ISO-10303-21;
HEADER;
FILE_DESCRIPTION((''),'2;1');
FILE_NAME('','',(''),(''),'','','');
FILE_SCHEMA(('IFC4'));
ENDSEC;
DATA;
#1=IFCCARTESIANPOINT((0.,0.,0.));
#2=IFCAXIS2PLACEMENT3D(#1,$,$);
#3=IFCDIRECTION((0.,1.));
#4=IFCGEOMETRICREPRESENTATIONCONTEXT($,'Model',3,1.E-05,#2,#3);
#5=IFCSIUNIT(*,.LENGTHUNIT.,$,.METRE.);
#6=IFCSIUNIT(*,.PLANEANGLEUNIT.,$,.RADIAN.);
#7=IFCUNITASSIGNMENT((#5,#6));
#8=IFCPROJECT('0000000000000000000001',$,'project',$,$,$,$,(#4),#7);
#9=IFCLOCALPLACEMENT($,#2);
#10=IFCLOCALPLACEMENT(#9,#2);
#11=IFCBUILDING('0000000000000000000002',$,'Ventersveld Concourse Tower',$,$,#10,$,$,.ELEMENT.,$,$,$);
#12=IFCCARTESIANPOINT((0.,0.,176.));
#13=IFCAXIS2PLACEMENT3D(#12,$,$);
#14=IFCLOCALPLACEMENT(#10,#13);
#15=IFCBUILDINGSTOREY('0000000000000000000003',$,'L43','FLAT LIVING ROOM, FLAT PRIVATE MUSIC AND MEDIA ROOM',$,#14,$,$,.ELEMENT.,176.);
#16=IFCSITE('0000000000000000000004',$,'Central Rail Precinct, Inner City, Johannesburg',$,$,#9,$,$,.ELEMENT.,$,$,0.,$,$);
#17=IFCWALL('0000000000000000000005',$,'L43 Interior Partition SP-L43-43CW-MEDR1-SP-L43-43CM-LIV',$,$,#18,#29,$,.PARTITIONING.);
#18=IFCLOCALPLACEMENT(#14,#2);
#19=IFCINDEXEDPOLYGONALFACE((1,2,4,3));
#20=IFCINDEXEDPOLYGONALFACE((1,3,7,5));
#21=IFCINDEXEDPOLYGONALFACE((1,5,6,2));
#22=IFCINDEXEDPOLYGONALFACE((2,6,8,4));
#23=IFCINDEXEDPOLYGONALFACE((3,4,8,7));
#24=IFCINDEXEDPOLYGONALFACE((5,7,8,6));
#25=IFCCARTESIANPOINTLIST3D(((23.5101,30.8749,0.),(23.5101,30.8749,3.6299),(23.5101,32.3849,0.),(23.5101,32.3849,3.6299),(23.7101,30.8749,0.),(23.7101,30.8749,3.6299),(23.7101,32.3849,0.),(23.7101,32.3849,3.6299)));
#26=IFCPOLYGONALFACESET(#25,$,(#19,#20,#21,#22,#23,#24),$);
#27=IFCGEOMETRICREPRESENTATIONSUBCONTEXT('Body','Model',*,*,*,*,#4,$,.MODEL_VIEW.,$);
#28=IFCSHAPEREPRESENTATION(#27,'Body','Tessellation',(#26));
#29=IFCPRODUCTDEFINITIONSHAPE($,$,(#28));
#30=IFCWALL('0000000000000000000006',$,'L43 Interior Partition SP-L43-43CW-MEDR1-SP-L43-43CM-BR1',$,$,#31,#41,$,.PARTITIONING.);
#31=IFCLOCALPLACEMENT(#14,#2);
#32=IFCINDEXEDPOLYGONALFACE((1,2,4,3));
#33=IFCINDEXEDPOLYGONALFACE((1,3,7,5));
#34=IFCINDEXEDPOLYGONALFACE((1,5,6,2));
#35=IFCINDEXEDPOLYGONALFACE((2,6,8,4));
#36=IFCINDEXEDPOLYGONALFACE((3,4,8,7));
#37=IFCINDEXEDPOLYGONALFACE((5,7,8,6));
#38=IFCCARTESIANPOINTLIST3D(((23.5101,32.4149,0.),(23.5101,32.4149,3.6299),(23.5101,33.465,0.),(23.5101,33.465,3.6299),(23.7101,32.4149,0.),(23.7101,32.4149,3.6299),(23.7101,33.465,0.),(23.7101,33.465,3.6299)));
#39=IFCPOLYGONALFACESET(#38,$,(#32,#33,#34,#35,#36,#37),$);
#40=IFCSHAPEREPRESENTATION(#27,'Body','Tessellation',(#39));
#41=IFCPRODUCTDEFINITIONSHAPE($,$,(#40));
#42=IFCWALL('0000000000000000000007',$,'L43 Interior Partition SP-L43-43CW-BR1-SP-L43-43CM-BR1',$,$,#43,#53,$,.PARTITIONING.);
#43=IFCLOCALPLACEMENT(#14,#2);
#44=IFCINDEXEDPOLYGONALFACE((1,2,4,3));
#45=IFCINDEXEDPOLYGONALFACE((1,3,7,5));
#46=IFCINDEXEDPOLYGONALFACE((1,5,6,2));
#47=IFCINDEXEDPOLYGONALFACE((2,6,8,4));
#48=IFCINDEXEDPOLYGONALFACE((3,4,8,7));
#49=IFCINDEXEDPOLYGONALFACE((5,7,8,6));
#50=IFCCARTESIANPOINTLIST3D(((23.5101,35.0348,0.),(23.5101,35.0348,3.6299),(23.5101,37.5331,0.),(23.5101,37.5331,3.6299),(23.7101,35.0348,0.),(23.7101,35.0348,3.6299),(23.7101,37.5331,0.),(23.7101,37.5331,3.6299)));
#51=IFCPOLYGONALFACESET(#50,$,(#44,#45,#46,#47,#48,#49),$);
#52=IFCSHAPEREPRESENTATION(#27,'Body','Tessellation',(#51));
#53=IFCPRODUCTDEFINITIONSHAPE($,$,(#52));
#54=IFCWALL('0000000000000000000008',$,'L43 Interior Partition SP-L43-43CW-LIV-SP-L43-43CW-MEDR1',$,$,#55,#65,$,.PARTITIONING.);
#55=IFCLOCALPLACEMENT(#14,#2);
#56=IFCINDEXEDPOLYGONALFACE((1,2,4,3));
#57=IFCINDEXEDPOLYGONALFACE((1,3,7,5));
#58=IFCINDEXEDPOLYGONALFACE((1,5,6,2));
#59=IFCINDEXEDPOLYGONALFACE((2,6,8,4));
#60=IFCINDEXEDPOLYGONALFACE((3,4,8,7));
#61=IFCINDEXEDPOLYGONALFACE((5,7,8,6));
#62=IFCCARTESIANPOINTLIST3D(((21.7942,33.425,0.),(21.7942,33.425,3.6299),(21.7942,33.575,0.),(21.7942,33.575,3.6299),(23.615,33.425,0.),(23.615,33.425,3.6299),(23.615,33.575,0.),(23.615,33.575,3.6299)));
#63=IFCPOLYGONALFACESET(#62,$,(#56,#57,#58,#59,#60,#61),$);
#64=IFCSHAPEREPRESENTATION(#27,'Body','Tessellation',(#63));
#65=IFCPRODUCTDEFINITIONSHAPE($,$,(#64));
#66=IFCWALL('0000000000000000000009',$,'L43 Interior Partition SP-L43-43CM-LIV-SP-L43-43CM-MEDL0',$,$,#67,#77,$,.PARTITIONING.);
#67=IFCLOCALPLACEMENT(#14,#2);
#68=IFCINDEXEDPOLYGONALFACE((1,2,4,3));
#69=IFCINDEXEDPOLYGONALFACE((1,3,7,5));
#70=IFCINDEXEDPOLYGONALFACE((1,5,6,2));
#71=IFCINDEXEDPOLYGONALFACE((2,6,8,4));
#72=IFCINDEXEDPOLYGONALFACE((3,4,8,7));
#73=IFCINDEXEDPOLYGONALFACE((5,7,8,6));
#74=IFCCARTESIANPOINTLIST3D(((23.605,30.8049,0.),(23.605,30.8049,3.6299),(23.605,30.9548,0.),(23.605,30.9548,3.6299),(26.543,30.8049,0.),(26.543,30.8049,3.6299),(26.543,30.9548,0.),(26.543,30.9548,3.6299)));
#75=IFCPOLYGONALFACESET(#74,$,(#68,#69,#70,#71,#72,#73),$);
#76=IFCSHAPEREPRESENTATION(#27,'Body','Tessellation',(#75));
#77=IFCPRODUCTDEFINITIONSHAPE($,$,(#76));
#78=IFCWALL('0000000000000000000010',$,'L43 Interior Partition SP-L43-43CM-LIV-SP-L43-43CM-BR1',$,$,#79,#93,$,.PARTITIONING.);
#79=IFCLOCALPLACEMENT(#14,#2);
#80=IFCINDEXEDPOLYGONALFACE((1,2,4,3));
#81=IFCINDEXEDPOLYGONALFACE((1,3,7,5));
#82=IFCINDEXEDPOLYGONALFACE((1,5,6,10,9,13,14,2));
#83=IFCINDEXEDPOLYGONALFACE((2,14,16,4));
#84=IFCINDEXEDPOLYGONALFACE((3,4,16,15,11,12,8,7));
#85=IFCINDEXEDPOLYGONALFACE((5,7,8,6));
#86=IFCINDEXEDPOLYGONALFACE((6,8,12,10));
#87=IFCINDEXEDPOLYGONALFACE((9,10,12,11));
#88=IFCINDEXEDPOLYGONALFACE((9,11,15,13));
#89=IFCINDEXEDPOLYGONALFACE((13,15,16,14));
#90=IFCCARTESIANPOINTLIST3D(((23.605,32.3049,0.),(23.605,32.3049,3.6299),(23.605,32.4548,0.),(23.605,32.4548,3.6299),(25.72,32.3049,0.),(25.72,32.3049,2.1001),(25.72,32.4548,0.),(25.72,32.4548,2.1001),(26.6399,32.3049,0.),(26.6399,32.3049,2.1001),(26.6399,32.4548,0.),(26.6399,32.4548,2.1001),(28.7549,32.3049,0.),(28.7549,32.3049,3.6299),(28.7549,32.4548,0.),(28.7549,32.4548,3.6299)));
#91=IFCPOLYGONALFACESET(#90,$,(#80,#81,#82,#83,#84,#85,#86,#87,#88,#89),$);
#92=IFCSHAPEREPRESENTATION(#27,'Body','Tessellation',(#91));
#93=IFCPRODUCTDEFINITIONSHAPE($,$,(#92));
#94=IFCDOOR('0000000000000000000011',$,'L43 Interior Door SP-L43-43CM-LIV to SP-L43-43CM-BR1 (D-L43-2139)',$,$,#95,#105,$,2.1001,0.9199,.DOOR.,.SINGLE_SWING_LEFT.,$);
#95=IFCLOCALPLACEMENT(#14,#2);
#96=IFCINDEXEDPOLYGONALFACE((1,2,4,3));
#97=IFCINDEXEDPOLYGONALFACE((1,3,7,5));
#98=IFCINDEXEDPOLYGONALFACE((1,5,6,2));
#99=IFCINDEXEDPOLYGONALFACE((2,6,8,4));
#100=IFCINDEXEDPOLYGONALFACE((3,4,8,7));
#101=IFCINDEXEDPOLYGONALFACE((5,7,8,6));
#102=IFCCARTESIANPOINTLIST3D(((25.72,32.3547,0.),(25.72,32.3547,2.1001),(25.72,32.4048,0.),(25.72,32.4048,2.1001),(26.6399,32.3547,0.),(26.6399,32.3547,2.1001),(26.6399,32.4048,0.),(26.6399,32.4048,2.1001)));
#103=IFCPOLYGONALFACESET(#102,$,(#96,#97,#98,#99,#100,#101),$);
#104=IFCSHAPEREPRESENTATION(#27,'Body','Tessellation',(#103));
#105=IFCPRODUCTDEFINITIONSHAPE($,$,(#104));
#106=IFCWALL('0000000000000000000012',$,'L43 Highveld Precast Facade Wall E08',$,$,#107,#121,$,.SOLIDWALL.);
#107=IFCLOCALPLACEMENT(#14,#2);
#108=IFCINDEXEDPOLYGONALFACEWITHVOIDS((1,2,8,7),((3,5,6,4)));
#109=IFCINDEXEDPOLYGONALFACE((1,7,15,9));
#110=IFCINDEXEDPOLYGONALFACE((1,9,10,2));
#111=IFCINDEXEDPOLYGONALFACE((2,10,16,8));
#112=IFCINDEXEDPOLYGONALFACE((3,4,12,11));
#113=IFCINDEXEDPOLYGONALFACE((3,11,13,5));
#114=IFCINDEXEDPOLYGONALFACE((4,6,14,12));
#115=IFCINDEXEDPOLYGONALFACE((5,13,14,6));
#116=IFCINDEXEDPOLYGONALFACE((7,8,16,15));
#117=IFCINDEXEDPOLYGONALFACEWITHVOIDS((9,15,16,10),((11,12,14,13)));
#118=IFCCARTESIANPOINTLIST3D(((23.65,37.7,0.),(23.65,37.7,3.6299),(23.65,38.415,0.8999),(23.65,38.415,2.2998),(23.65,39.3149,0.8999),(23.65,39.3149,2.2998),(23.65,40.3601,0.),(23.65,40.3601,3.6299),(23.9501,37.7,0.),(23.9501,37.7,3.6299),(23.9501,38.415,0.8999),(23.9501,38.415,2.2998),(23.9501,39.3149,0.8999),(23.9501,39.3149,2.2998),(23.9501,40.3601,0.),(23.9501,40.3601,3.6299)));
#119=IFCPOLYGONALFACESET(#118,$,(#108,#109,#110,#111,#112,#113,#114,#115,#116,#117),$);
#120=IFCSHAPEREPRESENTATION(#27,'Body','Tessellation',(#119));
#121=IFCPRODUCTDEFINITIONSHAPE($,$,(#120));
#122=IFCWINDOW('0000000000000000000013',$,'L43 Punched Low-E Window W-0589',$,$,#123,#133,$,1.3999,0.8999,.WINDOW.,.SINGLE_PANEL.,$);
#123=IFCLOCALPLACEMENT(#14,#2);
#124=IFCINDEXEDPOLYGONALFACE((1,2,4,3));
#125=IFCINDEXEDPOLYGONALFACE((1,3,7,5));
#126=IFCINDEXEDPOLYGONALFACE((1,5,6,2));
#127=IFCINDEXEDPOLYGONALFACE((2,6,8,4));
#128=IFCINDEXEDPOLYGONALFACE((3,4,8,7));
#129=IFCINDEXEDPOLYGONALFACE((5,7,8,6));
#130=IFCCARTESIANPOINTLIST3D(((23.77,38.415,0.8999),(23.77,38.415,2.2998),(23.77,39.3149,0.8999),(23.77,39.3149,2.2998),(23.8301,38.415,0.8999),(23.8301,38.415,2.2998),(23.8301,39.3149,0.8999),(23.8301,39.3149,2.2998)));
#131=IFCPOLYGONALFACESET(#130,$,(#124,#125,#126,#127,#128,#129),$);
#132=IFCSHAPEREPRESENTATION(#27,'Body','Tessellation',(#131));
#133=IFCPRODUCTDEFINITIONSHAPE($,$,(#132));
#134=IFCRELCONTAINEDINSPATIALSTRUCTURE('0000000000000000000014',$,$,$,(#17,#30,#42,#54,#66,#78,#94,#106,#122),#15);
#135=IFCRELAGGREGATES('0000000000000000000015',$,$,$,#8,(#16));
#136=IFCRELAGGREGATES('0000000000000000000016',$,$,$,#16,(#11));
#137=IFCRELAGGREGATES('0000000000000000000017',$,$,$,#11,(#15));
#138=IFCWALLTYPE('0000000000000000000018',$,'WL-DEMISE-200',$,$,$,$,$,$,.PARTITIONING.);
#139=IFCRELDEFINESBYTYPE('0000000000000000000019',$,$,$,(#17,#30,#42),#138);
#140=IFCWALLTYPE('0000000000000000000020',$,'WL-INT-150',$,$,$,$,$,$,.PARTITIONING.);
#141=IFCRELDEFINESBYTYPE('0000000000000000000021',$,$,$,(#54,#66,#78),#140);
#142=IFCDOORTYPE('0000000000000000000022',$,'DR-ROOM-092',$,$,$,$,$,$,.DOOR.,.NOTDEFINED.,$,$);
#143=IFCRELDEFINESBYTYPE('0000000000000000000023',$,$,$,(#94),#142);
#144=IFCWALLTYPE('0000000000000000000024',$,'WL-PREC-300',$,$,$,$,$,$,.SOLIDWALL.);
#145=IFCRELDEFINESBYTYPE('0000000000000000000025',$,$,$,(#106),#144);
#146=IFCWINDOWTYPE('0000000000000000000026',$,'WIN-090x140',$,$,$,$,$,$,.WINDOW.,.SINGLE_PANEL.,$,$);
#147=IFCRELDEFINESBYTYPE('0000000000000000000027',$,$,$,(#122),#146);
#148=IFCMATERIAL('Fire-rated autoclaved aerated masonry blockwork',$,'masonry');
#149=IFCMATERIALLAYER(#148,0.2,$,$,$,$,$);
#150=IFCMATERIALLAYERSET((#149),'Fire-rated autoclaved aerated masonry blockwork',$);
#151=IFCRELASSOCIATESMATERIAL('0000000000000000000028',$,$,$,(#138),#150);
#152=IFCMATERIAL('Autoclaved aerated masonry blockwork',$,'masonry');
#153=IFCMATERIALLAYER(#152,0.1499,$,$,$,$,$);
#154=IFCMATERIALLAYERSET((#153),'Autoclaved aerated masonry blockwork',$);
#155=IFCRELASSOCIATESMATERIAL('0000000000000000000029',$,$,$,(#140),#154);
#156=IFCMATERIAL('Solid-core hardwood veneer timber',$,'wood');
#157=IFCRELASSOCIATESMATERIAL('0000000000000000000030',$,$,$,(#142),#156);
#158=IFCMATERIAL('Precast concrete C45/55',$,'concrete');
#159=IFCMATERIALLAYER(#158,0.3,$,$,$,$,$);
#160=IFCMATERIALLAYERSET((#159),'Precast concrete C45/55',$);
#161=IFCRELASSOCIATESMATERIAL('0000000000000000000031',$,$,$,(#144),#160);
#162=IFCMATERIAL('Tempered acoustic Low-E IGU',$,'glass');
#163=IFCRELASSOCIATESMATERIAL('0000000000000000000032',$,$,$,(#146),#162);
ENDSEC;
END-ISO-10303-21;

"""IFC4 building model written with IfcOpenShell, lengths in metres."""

from ifc_helpers import new_model, si_unit, direction, frame, frame_2d, origin, place, context, subcontext, project, spatial, rectangle, extrude, material, layer, layer_set, type_object, element, fill, save


model = new_model("IFC4")

# Units and contexts
model_context = context("Model", 3, precision=1e-05, world=origin(), true_north=direction((0.0, 1.0)))
body_context = subcontext(model_context, "Body", "Model", "MODEL_VIEW")
ifc_project = project(units=[si_unit("LENGTHUNIT", "METRE"), si_unit("PLANEANGLEUNIT", "RADIAN")], contexts=[model_context])

# Site, building, storey
site_placement = place(None, origin())
site = spatial("IfcSite", under=ifc_project, at=site_placement, Name="Central Rail Precinct, Inner City, Johannesburg", CompositionType="ELEMENT", RefElevation=0.0)
building_placement = place(site_placement, origin())
building = spatial("IfcBuilding", under=site, at=building_placement, Name="Ventersveld Concourse Tower", CompositionType="ELEMENT")
storey_placement = place(building_placement, frame((0.0, 0.0, 176.0)))
storey = spatial("IfcBuildingStorey", under=building, at=storey_placement, Name="L43", Description="FLAT LIVING ROOM, FLAT PRIVATE MUSIC AND MEDIA ROOM", CompositionType="ELEMENT", Elevation=176.0)

# Walls
ifc_material_1 = material(Name="Fire-rated autoclaved aerated masonry blockwork", Category="masonry")
ifc_layer_1 = layer(ifc_material_1, 0.2)
ifc_layer_set_1 = layer_set([ifc_layer_1], Name="Fire-rated autoclaved aerated masonry blockwork")
wall_type_1 = type_object("IfcWallType", Name="WL-DEMISE-200", PredefinedType="PARTITIONING", material=ifc_layer_set_1)
wall_1_placement = place(storey_placement, frame((23.6101, 30.875, 0.0), z_axis=(0.0, 0.0, 1.0), x_axis=(0.0, 1.0, 0.0)))
element("IfcWall", 1, at=wall_1_placement, inside=storey, type_object=wall_type_1, Name="L43 Interior Partition SP-L43-43CW-MEDR1-SP-L43-43CM-LIV", PredefinedType="PARTITIONING", context=body_context, shape_type="SweptSolid", body=[
    extrude(rectangle(XDim=1.51, YDim=0.2, at=frame_2d((0.7549, 0.0))), origin(), (0.0, 0.0, 1.0), 3.6299),
])
wall_2_placement = place(storey_placement, frame((23.6101, 32.415, 0.0), z_axis=(0.0, 0.0, 1.0), x_axis=(0.0, 1.0, 0.0)))
element("IfcWall", 2, at=wall_2_placement, inside=storey, type_object=wall_type_1, Name="L43 Interior Partition SP-L43-43CW-MEDR1-SP-L43-43CM-BR1", PredefinedType="PARTITIONING", context=body_context, shape_type="SweptSolid", body=[
    extrude(rectangle(XDim=1.05, YDim=0.2, at=frame_2d((0.5249, 0.0))), origin(), (0.0, 0.0, 1.0), 3.6299),
])
wall_3_placement = place(storey_placement, frame((23.6101, 35.0349, 0.0), z_axis=(0.0, 0.0, 1.0), x_axis=(0.0, 1.0, 0.0)))
element("IfcWall", 3, at=wall_3_placement, inside=storey, type_object=wall_type_1, Name="L43 Interior Partition SP-L43-43CW-BR1-SP-L43-43CM-BR1", PredefinedType="PARTITIONING", context=body_context, shape_type="SweptSolid", body=[
    extrude(rectangle(XDim=2.4983, YDim=0.2, at=frame_2d((1.249, 0.0))), origin(), (0.0, 0.0, 1.0), 3.6299),
])
ifc_material_2 = material(Name="Autoclaved aerated masonry blockwork", Category="masonry")
ifc_layer_2 = layer(ifc_material_2, 0.1499)
ifc_layer_set_2 = layer_set([ifc_layer_2], Name="Autoclaved aerated masonry blockwork")
wall_type_2 = type_object("IfcWallType", Name="WL-INT-150", PredefinedType="PARTITIONING", material=ifc_layer_set_2)
wall_4_placement = place(storey_placement, frame((21.7942, 33.5, 0.0), z_axis=(0.0, 0.0, 1.0), x_axis=(1.0, 0.0, 0.0)))
element("IfcWall", 4, at=wall_4_placement, inside=storey, type_object=wall_type_2, Name="L43 Interior Partition SP-L43-43CW-LIV-SP-L43-43CW-MEDR1", PredefinedType="PARTITIONING", context=body_context, shape_type="SweptSolid", body=[
    extrude(rectangle(XDim=1.8208, YDim=0.1499, at=frame_2d((0.9104, 0.0))), origin(), (0.0, 0.0, 1.0), 3.6299),
])
wall_5_placement = place(storey_placement, frame((23.605, 30.8799, 0.0), z_axis=(0.0, 0.0, 1.0), x_axis=(1.0, 0.0, 0.0)))
element("IfcWall", 5, at=wall_5_placement, inside=storey, type_object=wall_type_2, Name="L43 Interior Partition SP-L43-43CM-LIV-SP-L43-43CM-MEDL0", PredefinedType="PARTITIONING", context=body_context, shape_type="SweptSolid", body=[
    extrude(rectangle(XDim=2.938, YDim=0.1499, at=frame_2d((1.469, 0.0))), origin(), (0.0, 0.0, 1.0), 3.6299),
])

# Wall, opening, door
wall_6_placement = place(storey_placement, frame((23.605, 32.3799, 0.0), z_axis=(0.0, 0.0, 1.0), x_axis=(1.0, 0.0, 0.0)))
wall_6 = element("IfcWall", 6, at=wall_6_placement, inside=storey, type_object=wall_type_2, Name="L43 Interior Partition SP-L43-43CM-LIV-SP-L43-43CM-BR1", PredefinedType="PARTITIONING", context=body_context, shape_type="SweptSolid", body=[
    extrude(rectangle(XDim=5.1499, YDim=0.1499, at=frame_2d((2.575, 0.0))), origin(), (0.0, 0.0, 1.0), 3.6299),
])
opening_1_placement = place(wall_6_placement, frame((2.115, 0.0, 0.0)))
opening_1 = element("IfcOpeningElement", 7, at=opening_1_placement, cuts=wall_6, PredefinedType="OPENING", context=body_context, shape_type="SweptSolid", body=[
    extrude(rectangle(XDim=0.9199, YDim=2.1001, at=frame_2d((0.46, 1.05))), frame((0.0, 0.085, 0.0), z_axis=(0.0, -1.0, 0.0), x_axis=(1.0, 0.0, 0.0)), (0.0, 0.0, 1.0), 0.1699),
])
ifc_material_3 = material(Name="Solid-core hardwood veneer timber", Category="wood")
door_type = type_object("IfcDoorType", Name="DR-ROOM-092", OperationType="NOTDEFINED", PredefinedType="DOOR", material=ifc_material_3)
door_placement = place(opening_1_placement, origin())
door = element("IfcDoor", 8, at=door_placement, inside=storey, type_object=door_type, Name="L43 Interior Door SP-L43-43CM-LIV to SP-L43-43CM-BR1 (D-L43-2139)", OperationType="SINGLE_SWING_LEFT", OverallHeight=2.1001, OverallWidth=0.9199, PredefinedType="DOOR", context=body_context, shape_type="SweptSolid", body=[
    extrude(rectangle(XDim=0.9199, YDim=2.1001, at=frame_2d((0.46, 1.05))), frame((0.0, 0.0249, 0.0), z_axis=(0.0, -1.0, 0.0), x_axis=(1.0, 0.0, 0.0)), (0.0, 0.0, 1.0), 0.05),
])
fill(opening_1, door)

# Wall, opening, window
ifc_material_4 = material(Name="Precast concrete C45/55", Category="concrete")
ifc_layer_3 = layer(ifc_material_4, 0.3)
ifc_layer_set_3 = layer_set([ifc_layer_3], Name="Precast concrete C45/55")
wall_type_3 = type_object("IfcWallType", Name="WL-PREC-300", PredefinedType="SOLIDWALL", material=ifc_layer_set_3)
wall_7_placement = place(storey_placement, frame((23.8, 37.7, 0.0), z_axis=(0.0, 0.0, 1.0), x_axis=(0.0, 1.0, 0.0)))
wall_7 = element("IfcWall", 9, at=wall_7_placement, inside=storey, type_object=wall_type_3, Name="L43 Highveld Precast Facade Wall E08", PredefinedType="SOLIDWALL", context=body_context, shape_type="SweptSolid", body=[
    extrude(rectangle(XDim=2.6602, YDim=0.3, at=frame_2d((1.3301, 0.0))), origin(), (0.0, 0.0, 1.0), 3.6299),
])
opening_2_placement = place(wall_7_placement, frame((0.7151, 0.0, 0.8999)))
opening_2 = element("IfcOpeningElement", 10, at=opening_2_placement, cuts=wall_7, PredefinedType="OPENING", context=body_context, shape_type="SweptSolid", body=[
    extrude(rectangle(XDim=0.8999, YDim=1.3999, at=frame_2d((0.45, 0.7))), frame((0.0, 0.1602, 0.0), z_axis=(0.0, -1.0, 0.0), x_axis=(1.0, 0.0, 0.0)), (0.0, 0.0, 1.0), 0.3201),
])
ifc_material_5 = material(Name="Tempered acoustic Low-E IGU", Category="glass")
window_type_1 = type_object("IfcWindowType", Name="WIN-090x140", PartitioningType="SINGLE_PANEL", PredefinedType="WINDOW", material=ifc_material_5)
window_1_placement = place(opening_2_placement, origin())
window_1 = element("IfcWindow", 11, at=window_1_placement, inside=storey, type_object=window_type_1, Name="L43 Punched Low-E Window W-0589", OverallHeight=1.3999, OverallWidth=0.8999, PartitioningType="SINGLE_PANEL", PredefinedType="WINDOW", context=body_context, shape_type="SweptSolid", body=[
    extrude(rectangle(XDim=0.8999, YDim=1.3999, at=frame_2d((0.45, 0.7))), frame((0.0, 0.03, 0.0), z_axis=(0.0, -1.0, 0.0), x_axis=(1.0, 0.0, 0.0)), (0.0, 0.0, 1.0), 0.0601),
])
fill(opening_2, window_1)

save(model, "model.ifc")
